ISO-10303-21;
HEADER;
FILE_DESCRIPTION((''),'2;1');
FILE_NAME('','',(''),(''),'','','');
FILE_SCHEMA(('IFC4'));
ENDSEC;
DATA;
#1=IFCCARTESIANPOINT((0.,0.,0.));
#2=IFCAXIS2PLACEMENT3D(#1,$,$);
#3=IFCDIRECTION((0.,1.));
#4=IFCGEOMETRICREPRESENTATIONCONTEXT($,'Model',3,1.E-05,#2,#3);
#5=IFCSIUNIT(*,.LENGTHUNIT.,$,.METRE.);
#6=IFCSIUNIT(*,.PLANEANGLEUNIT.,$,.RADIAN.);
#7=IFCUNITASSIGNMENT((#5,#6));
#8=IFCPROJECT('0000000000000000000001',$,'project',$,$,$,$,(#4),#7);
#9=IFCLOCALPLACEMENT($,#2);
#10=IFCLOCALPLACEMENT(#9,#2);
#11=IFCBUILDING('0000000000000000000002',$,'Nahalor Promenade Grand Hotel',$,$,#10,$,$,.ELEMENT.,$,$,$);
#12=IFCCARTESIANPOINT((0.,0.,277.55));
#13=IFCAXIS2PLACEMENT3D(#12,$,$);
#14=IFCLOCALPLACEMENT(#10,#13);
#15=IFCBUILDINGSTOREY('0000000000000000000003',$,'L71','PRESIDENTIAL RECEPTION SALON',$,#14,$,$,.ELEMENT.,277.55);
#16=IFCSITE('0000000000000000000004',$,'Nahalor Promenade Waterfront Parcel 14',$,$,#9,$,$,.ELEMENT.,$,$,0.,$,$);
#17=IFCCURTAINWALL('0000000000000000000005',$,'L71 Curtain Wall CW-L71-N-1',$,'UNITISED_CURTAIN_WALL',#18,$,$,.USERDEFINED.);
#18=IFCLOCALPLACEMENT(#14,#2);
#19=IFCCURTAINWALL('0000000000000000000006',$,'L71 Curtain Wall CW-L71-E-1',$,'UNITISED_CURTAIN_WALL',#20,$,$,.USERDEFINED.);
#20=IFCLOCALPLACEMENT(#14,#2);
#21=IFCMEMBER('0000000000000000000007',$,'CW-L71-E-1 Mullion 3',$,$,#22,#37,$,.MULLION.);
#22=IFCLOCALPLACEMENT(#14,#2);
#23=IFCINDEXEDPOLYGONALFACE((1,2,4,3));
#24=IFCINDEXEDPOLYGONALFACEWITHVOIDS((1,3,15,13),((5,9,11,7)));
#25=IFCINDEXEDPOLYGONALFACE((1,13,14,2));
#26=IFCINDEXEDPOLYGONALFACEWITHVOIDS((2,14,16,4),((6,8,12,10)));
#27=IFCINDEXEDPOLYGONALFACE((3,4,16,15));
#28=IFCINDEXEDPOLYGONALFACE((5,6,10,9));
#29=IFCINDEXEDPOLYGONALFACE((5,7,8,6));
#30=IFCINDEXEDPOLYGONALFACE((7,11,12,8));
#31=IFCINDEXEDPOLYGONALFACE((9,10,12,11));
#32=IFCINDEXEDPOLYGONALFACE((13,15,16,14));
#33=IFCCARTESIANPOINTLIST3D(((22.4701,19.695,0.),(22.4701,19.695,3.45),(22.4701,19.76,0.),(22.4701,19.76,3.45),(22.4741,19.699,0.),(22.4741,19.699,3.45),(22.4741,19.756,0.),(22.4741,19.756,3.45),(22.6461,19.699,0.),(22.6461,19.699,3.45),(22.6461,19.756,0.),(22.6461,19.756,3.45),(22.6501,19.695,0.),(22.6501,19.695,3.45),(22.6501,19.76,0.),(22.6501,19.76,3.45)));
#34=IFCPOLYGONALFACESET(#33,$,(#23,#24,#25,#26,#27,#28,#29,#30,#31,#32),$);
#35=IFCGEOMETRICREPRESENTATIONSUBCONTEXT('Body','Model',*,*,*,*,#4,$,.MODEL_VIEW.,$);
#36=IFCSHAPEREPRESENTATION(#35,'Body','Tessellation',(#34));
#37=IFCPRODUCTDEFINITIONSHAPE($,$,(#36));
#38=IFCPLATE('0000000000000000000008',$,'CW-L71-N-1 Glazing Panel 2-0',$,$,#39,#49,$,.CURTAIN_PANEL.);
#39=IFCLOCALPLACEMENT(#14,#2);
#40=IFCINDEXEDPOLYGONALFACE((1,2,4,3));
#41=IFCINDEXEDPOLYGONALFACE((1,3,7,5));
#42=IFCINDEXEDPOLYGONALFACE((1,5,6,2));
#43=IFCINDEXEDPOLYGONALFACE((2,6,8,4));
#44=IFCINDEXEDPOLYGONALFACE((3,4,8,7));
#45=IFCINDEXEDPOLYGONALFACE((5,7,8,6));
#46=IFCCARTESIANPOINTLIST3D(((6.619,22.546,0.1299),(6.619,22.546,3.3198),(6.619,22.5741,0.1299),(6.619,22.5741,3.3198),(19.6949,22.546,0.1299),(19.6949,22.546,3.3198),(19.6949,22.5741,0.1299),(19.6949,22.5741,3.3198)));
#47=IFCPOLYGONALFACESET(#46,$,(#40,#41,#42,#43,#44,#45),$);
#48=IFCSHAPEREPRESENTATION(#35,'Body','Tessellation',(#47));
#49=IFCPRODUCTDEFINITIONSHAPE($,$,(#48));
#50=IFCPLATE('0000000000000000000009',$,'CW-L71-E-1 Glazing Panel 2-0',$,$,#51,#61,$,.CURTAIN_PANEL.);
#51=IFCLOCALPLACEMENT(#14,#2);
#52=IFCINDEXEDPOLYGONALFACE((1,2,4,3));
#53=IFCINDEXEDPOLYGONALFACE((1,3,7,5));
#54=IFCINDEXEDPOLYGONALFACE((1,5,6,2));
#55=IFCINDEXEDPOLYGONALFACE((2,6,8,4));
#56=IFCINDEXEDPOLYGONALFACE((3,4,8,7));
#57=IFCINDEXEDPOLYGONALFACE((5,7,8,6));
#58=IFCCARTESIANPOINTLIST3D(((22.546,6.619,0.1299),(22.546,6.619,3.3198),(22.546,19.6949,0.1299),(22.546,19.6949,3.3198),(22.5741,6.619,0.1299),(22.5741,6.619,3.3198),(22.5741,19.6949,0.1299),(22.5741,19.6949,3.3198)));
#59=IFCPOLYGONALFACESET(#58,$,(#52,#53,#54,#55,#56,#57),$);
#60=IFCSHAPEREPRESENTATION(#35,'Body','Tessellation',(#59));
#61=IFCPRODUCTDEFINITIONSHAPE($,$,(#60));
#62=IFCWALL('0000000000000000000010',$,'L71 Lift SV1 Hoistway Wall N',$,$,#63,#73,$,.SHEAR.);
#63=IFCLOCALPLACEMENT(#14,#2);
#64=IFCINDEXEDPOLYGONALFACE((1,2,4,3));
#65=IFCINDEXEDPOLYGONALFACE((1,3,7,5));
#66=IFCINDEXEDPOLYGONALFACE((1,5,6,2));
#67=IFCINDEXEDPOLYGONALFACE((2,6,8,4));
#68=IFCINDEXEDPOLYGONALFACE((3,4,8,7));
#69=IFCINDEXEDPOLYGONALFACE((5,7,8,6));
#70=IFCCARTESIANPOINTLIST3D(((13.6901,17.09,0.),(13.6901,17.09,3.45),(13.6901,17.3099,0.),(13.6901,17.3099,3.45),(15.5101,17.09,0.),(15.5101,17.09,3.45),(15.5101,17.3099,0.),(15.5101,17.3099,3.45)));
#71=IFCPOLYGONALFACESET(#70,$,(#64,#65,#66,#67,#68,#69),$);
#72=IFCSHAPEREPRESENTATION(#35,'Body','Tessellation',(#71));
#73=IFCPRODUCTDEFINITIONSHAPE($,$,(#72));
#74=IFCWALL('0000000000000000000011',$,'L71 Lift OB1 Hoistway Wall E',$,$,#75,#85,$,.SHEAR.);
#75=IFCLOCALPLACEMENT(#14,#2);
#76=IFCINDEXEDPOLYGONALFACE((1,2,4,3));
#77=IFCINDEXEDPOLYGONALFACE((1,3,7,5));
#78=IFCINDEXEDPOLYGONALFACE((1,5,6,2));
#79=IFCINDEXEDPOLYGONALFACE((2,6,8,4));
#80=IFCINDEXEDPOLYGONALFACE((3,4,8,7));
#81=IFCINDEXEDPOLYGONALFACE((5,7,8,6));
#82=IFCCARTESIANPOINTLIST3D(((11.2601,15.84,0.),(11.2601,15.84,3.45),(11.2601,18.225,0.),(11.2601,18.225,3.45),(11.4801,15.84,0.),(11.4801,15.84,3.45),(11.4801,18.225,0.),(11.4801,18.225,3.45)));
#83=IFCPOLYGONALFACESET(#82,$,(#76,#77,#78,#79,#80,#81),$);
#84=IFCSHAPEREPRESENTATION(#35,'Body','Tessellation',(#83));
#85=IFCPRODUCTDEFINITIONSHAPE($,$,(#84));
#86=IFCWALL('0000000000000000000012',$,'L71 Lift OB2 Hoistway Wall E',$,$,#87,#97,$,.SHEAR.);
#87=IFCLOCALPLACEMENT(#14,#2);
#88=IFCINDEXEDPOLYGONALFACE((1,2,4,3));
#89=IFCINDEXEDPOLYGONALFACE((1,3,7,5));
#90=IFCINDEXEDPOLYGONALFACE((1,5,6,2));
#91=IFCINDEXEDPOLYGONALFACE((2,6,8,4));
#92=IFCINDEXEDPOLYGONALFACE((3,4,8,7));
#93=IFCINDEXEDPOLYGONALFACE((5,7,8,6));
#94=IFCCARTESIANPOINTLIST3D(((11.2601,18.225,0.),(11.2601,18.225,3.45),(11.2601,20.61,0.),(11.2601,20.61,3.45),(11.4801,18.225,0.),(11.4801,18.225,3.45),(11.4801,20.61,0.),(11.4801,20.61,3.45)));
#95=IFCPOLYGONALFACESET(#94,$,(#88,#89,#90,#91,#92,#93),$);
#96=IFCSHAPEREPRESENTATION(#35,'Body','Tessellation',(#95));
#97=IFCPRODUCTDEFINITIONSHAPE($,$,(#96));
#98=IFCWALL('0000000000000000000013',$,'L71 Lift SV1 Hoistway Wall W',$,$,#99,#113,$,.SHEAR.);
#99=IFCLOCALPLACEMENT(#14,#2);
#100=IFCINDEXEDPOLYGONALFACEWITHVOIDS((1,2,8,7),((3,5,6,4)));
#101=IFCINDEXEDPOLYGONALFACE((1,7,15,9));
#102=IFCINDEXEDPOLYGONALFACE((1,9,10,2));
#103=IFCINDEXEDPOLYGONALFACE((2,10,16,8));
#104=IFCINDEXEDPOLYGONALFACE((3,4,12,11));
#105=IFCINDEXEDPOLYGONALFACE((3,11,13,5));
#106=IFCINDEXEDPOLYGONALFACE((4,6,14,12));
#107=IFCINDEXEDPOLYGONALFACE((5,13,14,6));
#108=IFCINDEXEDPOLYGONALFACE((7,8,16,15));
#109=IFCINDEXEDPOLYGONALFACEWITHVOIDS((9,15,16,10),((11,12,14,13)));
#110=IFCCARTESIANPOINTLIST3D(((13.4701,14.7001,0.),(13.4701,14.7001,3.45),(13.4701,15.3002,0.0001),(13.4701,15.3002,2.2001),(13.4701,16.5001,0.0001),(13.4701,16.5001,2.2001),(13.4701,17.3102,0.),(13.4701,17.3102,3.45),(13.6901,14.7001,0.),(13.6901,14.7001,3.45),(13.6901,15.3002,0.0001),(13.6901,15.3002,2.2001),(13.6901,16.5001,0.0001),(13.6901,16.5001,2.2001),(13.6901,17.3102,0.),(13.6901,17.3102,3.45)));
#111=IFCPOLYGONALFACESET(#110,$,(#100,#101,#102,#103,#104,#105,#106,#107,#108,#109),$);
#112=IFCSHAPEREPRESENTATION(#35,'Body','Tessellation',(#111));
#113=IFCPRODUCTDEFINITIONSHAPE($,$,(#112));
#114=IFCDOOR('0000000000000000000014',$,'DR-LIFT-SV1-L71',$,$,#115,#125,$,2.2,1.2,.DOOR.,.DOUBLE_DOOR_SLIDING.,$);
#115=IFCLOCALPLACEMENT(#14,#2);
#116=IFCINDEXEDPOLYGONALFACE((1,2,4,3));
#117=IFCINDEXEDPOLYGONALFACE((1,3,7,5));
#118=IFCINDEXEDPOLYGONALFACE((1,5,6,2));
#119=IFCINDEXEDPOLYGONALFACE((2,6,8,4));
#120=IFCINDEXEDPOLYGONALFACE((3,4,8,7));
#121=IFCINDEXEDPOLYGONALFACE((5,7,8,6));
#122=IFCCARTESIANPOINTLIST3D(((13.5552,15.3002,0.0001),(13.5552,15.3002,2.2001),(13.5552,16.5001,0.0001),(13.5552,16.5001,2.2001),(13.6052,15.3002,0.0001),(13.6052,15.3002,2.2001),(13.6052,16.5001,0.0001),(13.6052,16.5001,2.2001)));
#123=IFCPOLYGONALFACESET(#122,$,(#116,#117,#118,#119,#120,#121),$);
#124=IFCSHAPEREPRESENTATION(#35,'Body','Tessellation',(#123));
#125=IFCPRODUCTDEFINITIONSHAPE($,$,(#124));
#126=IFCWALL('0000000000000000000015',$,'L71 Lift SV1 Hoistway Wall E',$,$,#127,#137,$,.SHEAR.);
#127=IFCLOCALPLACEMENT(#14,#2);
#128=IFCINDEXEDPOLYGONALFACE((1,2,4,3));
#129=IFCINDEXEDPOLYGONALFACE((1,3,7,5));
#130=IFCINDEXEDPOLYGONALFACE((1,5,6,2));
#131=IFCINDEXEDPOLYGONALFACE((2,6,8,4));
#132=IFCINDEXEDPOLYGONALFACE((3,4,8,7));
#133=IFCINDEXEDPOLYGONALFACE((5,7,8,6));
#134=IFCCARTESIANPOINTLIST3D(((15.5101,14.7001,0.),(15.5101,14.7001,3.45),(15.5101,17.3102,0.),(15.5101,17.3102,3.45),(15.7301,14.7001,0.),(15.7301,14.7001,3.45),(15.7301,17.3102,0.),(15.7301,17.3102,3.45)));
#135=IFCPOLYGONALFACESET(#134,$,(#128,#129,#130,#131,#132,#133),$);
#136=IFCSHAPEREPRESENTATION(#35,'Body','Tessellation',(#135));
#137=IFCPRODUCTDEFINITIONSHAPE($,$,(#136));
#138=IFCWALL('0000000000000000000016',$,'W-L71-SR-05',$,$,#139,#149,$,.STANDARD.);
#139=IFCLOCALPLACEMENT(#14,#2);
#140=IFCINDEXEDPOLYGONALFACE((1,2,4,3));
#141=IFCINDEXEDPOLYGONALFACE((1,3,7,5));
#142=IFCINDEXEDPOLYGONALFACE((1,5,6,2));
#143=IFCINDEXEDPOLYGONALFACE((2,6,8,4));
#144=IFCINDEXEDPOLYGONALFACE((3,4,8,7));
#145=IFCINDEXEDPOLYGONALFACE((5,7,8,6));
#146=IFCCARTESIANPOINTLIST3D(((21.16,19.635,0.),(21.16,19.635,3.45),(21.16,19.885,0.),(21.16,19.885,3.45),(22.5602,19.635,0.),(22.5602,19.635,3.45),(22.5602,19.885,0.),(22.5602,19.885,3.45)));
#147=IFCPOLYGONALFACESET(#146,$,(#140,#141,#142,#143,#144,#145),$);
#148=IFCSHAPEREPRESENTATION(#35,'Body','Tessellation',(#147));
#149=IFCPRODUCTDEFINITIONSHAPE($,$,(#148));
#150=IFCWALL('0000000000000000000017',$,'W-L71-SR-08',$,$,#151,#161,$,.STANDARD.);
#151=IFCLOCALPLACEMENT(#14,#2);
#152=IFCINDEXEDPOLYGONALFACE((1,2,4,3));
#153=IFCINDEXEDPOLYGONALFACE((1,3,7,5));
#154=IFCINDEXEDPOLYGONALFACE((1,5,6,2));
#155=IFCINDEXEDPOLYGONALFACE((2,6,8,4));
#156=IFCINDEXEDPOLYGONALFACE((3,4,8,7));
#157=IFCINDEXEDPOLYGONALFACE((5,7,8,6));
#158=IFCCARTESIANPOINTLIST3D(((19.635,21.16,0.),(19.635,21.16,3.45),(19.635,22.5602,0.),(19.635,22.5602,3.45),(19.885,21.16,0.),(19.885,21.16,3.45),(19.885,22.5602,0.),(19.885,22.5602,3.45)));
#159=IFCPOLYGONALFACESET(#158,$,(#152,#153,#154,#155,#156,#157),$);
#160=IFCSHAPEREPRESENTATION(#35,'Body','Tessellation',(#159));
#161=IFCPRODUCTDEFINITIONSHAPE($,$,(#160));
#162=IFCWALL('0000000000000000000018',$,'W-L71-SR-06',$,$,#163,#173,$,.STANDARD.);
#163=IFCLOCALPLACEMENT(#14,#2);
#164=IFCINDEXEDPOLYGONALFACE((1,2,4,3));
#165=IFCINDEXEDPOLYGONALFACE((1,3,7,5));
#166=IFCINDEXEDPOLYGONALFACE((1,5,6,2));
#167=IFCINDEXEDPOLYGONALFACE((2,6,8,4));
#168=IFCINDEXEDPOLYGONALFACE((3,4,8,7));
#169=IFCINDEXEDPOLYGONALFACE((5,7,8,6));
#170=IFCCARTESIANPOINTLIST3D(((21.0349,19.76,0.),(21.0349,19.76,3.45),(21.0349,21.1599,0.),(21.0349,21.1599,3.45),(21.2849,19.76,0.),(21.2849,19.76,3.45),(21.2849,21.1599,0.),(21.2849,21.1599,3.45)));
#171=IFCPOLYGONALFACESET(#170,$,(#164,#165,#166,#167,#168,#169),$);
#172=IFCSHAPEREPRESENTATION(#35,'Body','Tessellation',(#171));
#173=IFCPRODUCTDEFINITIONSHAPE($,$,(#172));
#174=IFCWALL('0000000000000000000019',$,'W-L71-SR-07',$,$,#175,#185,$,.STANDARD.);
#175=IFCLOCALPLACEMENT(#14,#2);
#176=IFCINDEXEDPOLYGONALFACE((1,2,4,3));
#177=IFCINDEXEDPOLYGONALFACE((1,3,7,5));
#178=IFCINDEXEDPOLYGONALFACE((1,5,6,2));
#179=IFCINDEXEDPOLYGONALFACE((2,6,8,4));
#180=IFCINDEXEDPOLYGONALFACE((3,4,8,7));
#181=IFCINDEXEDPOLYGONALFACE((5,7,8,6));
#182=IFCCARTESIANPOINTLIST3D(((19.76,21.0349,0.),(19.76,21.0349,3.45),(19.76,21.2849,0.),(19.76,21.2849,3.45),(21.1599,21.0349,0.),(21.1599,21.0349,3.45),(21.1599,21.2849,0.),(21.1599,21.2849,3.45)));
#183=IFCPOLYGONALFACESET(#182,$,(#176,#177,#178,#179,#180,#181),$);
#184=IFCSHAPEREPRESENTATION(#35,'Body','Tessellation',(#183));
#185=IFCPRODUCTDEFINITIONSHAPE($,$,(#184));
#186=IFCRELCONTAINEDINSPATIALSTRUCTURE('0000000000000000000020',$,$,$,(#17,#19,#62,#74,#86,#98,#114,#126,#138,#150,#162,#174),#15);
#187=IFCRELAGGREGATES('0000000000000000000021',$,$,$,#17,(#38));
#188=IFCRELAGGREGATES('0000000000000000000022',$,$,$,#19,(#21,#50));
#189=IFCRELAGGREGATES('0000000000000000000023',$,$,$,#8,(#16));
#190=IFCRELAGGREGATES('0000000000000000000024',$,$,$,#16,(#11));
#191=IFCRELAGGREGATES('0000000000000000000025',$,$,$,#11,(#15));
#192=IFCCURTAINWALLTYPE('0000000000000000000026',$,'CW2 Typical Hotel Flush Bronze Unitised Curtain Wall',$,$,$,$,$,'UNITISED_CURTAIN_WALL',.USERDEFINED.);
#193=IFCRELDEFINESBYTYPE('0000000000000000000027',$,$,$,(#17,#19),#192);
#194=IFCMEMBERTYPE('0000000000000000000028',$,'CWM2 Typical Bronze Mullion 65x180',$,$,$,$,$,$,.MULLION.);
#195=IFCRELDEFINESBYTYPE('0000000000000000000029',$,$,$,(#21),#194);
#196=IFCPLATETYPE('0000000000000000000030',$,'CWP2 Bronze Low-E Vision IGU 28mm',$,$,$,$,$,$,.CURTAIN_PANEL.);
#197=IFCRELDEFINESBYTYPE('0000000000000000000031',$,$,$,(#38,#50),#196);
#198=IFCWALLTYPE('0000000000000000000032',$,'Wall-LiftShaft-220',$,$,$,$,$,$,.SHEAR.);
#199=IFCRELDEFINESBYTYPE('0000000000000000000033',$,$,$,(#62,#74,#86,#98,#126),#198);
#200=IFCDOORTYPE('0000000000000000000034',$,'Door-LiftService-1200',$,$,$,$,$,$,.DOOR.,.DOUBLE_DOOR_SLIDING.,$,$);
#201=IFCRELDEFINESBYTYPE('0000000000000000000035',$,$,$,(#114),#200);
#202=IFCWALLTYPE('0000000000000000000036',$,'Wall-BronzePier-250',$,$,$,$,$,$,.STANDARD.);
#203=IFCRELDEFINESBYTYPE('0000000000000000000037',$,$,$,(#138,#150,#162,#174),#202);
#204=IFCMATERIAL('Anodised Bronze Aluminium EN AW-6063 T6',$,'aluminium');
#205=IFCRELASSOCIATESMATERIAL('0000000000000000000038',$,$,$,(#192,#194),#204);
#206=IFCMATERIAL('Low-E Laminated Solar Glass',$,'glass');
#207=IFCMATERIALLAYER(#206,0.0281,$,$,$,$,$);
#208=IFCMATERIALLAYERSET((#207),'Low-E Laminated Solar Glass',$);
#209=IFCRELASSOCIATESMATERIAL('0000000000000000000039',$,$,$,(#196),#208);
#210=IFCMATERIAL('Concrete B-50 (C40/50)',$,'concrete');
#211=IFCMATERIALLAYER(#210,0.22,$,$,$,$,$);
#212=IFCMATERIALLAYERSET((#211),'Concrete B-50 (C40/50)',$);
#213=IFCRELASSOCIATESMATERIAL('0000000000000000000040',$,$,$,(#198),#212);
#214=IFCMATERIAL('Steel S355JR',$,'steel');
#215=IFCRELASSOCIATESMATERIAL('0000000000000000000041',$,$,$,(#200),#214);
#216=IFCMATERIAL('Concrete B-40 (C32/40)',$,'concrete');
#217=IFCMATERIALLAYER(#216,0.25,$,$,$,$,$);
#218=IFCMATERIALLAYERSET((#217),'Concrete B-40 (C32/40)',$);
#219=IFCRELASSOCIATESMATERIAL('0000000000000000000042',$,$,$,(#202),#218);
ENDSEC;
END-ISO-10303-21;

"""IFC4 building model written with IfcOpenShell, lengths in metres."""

from ifc_helpers import new_model, si_unit, direction, frame, frame_2d, origin, origin_2d, place, context, subcontext, project, spatial, rectangle, hollow_rectangle, extrude, source, transform, mapped, material, layer, layer_set, material_profile, profile_set, type_object, element, fill, aggregate, save


model = new_model("IFC4")

# Units and contexts
model_context = context("Model", 3, precision=1e-05, world=origin(), true_north=direction((0.0, 1.0)))
body_context = subcontext(model_context, "Body", "Model", "MODEL_VIEW")
ifc_project = project(units=[si_unit("LENGTHUNIT", "METRE"), si_unit("PLANEANGLEUNIT", "RADIAN")], contexts=[model_context])

# Site, building, storey
site_placement = place(None, origin())
site = spatial("IfcSite", under=ifc_project, at=site_placement, Name="Nahalor Promenade Waterfront Parcel 14", CompositionType="ELEMENT", RefElevation=0.0)
building_placement = place(site_placement, origin())
building = spatial("IfcBuilding", under=site, at=building_placement, Name="Nahalor Promenade Grand Hotel", CompositionType="ELEMENT")
storey_placement = place(building_placement, frame((0.0, 0.0, 277.55)))
storey = spatial("IfcBuildingStorey", under=building, at=storey_placement, Name="L71", Description="PRESIDENTIAL RECEPTION SALON", CompositionType="ELEMENT", Elevation=277.55)

# Shared definitions
ifc_material_1 = material(Name="Concrete B-50 (C40/50)", Category="concrete")
ifc_material_2 = material(Name="Steel S355JR", Category="steel")

# Curtain walls, member
ifc_material_3 = material(Name="Anodised Bronze Aluminium EN AW-6063 T6", Category="aluminium")
curtain_wall_type = type_object("IfcCurtainWallType", Name="CW2 Typical Hotel Flush Bronze Unitised Curtain Wall", ElementType="UNITISED_CURTAIN_WALL", PredefinedType="USERDEFINED", material=ifc_material_3)
curtain_wall_1_placement = place(storey_placement, origin())
curtain_wall_1 = element("IfcCurtainWall", 1, at=curtain_wall_1_placement, inside=storey, type_object=curtain_wall_type, Name="L71 Curtain Wall CW-L71-N-1", ObjectType="UNITISED_CURTAIN_WALL", PredefinedType="USERDEFINED")
ifc_material_profile_1 = material_profile(ifc_material_3, hollow_rectangle(XDim=0.065, YDim=0.18, WallThickness=0.004, at=origin_2d()), Name="CWM 65x180x4")
ifc_profile_set_1 = profile_set([ifc_material_profile_1], Name="Anodised Bronze Aluminium EN AW-6063 T6")
member_type = type_object("IfcMemberType", Name="CWM2 Typical Bronze Mullion 65x180", PredefinedType="MULLION", material=ifc_profile_set_1)
shared_shape_1 = source(origin(), body_context, "Body", "SweptSolid", [
    extrude(hollow_rectangle(XDim=0.065, YDim=0.18, WallThickness=0.004, at=origin_2d()), origin(), (0.0, 0.0, 1.0), 3.45),
])
curtain_wall_2_placement = place(storey_placement, origin())
curtain_wall_2 = element("IfcCurtainWall", 2, at=curtain_wall_2_placement, inside=storey, type_object=curtain_wall_type, Name="L71 Curtain Wall CW-L71-E-1", ObjectType="UNITISED_CURTAIN_WALL", PredefinedType="USERDEFINED")
member_1_placement = place(storey_placement, frame((22.5601, 19.7275, 0.0), z_axis=(0.0, 0.0, 1.0), x_axis=(0.0, 1.0, 0.0)))
member_1 = element("IfcMember", 3, at=member_1_placement, type_object=member_type, Name="CW-L71-E-1 Mullion 3", PredefinedType="MULLION", context=body_context, shape_type="MappedRepresentation", body=[
    mapped(shared_shape_1, transform((0.0, 0.0, 0.0), scale=1.0)),
])

# Plates
ifc_material_4 = material(Name="Low-E Laminated Solar Glass", Category="glass")
ifc_layer_1 = layer(ifc_material_4, 0.0281)
ifc_layer_set_1 = layer_set([ifc_layer_1], Name="Low-E Laminated Solar Glass")
plate_type = type_object("IfcPlateType", Name="CWP2 Bronze Low-E Vision IGU 28mm", PredefinedType="CURTAIN_PANEL", material=ifc_layer_set_1)
shared_shape_2 = source(origin(), body_context, "Body", "SweptSolid", [
    extrude(rectangle(XDim=13.0759, YDim=0.0281, at=origin_2d()), origin(), (0.0, 0.0, 1.0), 3.1899),
])
plate_1_placement = place(storey_placement, frame((13.157, 22.5601, 0.1299), z_axis=(0.0, 0.0, 1.0), x_axis=(1.0, 0.0, 0.0)))
plate_1 = element("IfcPlate", 4, at=plate_1_placement, type_object=plate_type, Name="CW-L71-N-1 Glazing Panel 2-0", PredefinedType="CURTAIN_PANEL", context=body_context, shape_type="MappedRepresentation", body=[
    mapped(shared_shape_2, transform((0.0, 0.0, 0.0), scale=1.0)),
])
aggregate(curtain_wall_1, [plate_1])
plate_2_placement = place(storey_placement, frame((22.5601, 13.157, 0.1299), z_axis=(0.0, 0.0, 1.0), x_axis=(0.0, 1.0, 0.0)))
plate_2 = element("IfcPlate", 5, at=plate_2_placement, type_object=plate_type, Name="CW-L71-E-1 Glazing Panel 2-0", PredefinedType="CURTAIN_PANEL", context=body_context, shape_type="MappedRepresentation", body=[
    mapped(shared_shape_2, transform((0.0, 0.0, 0.0), scale=1.0)),
])
aggregate(curtain_wall_2, [member_1, plate_2])

# Walls
ifc_layer_2 = layer(ifc_material_1, 0.22)
ifc_layer_set_2 = layer_set([ifc_layer_2], Name="Concrete B-50 (C40/50)")
wall_type_1 = type_object("IfcWallType", Name="Wall-LiftShaft-220", PredefinedType="SHEAR", material=ifc_layer_set_2)
shared_shape_3 = source(origin(), body_context, "Body", "SweptSolid", [
    extrude(rectangle(XDim=1.8201, YDim=0.22, at=frame_2d((0.9102, 0.0))), origin(), (0.0, 0.0, 1.0), 3.45),
])
wall_1_placement = place(storey_placement, frame((13.6899, 17.2, 0.0), z_axis=(0.0, 0.0, 1.0), x_axis=(1.0, 0.0, 0.0)))
element("IfcWall", 6, at=wall_1_placement, inside=storey, type_object=wall_type_1, Name="L71 Lift SV1 Hoistway Wall N", PredefinedType="SHEAR", context=body_context, shape_type="MappedRepresentation", body=[
    mapped(shared_shape_3, transform((0.0, 0.0, 0.0), scale=1.0)),
])
shared_shape_4 = source(origin(), body_context, "Body", "SweptSolid", [
    extrude(rectangle(XDim=2.385, YDim=0.22, at=frame_2d((1.1924, 0.0))), origin(), (0.0, 0.0, 1.0), 3.45),
])
for number, where, z_axis, x_axis, name in (
    (7, (11.3701, 15.8401, 0.0), (0.0, 0.0, 1.0), (0.0, 1.0, 0.0), "L71 Lift OB1 Hoistway Wall E"),
    (8, (11.3701, 18.2251, 0.0), (0.0, 0.0, 1.0), (0.0, 1.0, 0.0), "L71 Lift OB2 Hoistway Wall E"),
):
    element("IfcWall", number, at=place(storey_placement, frame(where, z_axis=z_axis, x_axis=x_axis)), inside=storey, type_object=wall_type_1, Name=name, PredefinedType="SHEAR", context=body_context, shape_type="MappedRepresentation", body=[
        mapped(shared_shape_4, transform((0.0, 0.0, 0.0), scale=1.0)),
    ])

# Wall, opening, door
shared_shape_5 = source(origin(), body_context, "Body", "SweptSolid", [
    extrude(rectangle(XDim=2.6101, YDim=0.22, at=frame_2d((1.3052, 0.0))), origin(), (0.0, 0.0, 1.0), 3.45),
])
wall_2_placement = place(storey_placement, frame((13.5801, 14.7, 0.0), z_axis=(0.0, 0.0, 1.0), x_axis=(0.0, 1.0, 0.0)))
wall_2 = element("IfcWall", 9, at=wall_2_placement, inside=storey, type_object=wall_type_1, Name="L71 Lift SV1 Hoistway Wall W", PredefinedType="SHEAR", context=body_context, shape_type="MappedRepresentation", body=[
    mapped(shared_shape_5, transform((0.0, 0.0, 0.0), scale=1.0)),
])
opening_1_placement = place(wall_2_placement, frame((0.6001, 0.0, 0.0)))
opening_1 = element("IfcOpeningElement", 10, at=opening_1_placement, cuts=wall_2, PredefinedType="OPENING", context=body_context, shape_type="SweptSolid", body=[
    extrude(rectangle(XDim=1.2, YDim=2.2, at=frame_2d((0.6001, 1.1001))), frame((0.0, 0.1199, 0.0), z_axis=(0.0, -1.0, 0.0), x_axis=(1.0, 0.0, 0.0)), (0.0, 0.0, 1.0), 0.24),
])
door_type_1 = type_object("IfcDoorType", Name="Door-LiftService-1200", OperationType="DOUBLE_DOOR_SLIDING", PredefinedType="DOOR", material=ifc_material_2)
shared_shape_6 = source(origin(), body_context, "Body", "SweptSolid", [
    extrude(rectangle(XDim=1.2, YDim=2.2, at=frame_2d((0.6001, 1.1001))), frame((0.0, 0.0249, 0.0), z_axis=(0.0, -1.0, 0.0), x_axis=(1.0, 0.0, 0.0)), (0.0, 0.0, 1.0), 0.05),
])
door_1_placement = place(opening_1_placement, origin())
door_1 = element("IfcDoor", 11, at=door_1_placement, inside=storey, type_object=door_type_1, Name="DR-LIFT-SV1-L71", OperationType="DOUBLE_DOOR_SLIDING", OverallHeight=2.2, OverallWidth=1.2, PredefinedType="DOOR", context=body_context, shape_type="MappedRepresentation", body=[
    mapped(shared_shape_6, transform((0.0, 0.0, 0.0), scale=1.0)),
])
fill(opening_1, door_1)

# Walls
wall_3_placement = place(storey_placement, frame((15.6201, 14.7, 0.0), z_axis=(0.0, 0.0, 1.0), x_axis=(0.0, 1.0, 0.0)))
element("IfcWall", 12, at=wall_3_placement, inside=storey, type_object=wall_type_1, Name="L71 Lift SV1 Hoistway Wall E", PredefinedType="SHEAR", context=body_context, shape_type="MappedRepresentation", body=[
    mapped(shared_shape_5, transform((0.0, 0.0, 0.0), scale=1.0)),
])
ifc_material_5 = material(Name="Concrete B-40 (C32/40)", Category="concrete")
ifc_layer_3 = layer(ifc_material_5, 0.25)
ifc_layer_set_3 = layer_set([ifc_layer_3], Name="Concrete B-40 (C32/40)")
wall_type_2 = type_object("IfcWallType", Name="Wall-BronzePier-250", PredefinedType="STANDARD", material=ifc_layer_set_3)
shared_shape_7 = source(origin(), body_context, "Body", "SweptSolid", [
    extrude(rectangle(XDim=1.4001, YDim=0.25, at=frame_2d((0.7002, 0.0))), origin(), (0.0, 0.0, 1.0), 3.45),
])
for number, where, z_axis, x_axis, name in (
    (13, (21.1599, 19.76, 0.0), (0.0, 0.0, 1.0), (1.0, 0.0, 0.0), "W-L71-SR-05"),
    (14, (19.76, 21.1599, 0.0), (0.0, 0.0, 1.0), (0.0, 1.0, 0.0), "W-L71-SR-08"),
):
    element("IfcWall", number, at=place(storey_placement, frame(where, z_axis=z_axis, x_axis=x_axis)), inside=storey, type_object=wall_type_2, Name=name, PredefinedType="STANDARD", context=body_context, shape_type="MappedRepresentation", body=[
        mapped(shared_shape_7, transform((0.0, 0.0, 0.0), scale=1.0)),
    ])
shared_shape_8 = source(origin(), body_context, "Body", "SweptSolid", [
    extrude(rectangle(XDim=1.3999, YDim=0.25, at=frame_2d((0.7, 0.0))), origin(), (0.0, 0.0, 1.0), 3.45),
])
for number, where, z_axis, x_axis, name in (
    (15, (21.1599, 19.76, 0.0), (0.0, 0.0, 1.0), (0.0, 1.0, 0.0), "W-L71-SR-06"),
    (16, (19.76, 21.1599, 0.0), (0.0, 0.0, 1.0), (1.0, 0.0, 0.0), "W-L71-SR-07"),
):
    element("IfcWall", number, at=place(storey_placement, frame(where, z_axis=z_axis, x_axis=x_axis)), inside=storey, type_object=wall_type_2, Name=name, PredefinedType="STANDARD", context=body_context, shape_type="MappedRepresentation", body=[
        mapped(shared_shape_8, transform((0.0, 0.0, 0.0), scale=1.0)),
    ])

save(model, "model.ifc")
